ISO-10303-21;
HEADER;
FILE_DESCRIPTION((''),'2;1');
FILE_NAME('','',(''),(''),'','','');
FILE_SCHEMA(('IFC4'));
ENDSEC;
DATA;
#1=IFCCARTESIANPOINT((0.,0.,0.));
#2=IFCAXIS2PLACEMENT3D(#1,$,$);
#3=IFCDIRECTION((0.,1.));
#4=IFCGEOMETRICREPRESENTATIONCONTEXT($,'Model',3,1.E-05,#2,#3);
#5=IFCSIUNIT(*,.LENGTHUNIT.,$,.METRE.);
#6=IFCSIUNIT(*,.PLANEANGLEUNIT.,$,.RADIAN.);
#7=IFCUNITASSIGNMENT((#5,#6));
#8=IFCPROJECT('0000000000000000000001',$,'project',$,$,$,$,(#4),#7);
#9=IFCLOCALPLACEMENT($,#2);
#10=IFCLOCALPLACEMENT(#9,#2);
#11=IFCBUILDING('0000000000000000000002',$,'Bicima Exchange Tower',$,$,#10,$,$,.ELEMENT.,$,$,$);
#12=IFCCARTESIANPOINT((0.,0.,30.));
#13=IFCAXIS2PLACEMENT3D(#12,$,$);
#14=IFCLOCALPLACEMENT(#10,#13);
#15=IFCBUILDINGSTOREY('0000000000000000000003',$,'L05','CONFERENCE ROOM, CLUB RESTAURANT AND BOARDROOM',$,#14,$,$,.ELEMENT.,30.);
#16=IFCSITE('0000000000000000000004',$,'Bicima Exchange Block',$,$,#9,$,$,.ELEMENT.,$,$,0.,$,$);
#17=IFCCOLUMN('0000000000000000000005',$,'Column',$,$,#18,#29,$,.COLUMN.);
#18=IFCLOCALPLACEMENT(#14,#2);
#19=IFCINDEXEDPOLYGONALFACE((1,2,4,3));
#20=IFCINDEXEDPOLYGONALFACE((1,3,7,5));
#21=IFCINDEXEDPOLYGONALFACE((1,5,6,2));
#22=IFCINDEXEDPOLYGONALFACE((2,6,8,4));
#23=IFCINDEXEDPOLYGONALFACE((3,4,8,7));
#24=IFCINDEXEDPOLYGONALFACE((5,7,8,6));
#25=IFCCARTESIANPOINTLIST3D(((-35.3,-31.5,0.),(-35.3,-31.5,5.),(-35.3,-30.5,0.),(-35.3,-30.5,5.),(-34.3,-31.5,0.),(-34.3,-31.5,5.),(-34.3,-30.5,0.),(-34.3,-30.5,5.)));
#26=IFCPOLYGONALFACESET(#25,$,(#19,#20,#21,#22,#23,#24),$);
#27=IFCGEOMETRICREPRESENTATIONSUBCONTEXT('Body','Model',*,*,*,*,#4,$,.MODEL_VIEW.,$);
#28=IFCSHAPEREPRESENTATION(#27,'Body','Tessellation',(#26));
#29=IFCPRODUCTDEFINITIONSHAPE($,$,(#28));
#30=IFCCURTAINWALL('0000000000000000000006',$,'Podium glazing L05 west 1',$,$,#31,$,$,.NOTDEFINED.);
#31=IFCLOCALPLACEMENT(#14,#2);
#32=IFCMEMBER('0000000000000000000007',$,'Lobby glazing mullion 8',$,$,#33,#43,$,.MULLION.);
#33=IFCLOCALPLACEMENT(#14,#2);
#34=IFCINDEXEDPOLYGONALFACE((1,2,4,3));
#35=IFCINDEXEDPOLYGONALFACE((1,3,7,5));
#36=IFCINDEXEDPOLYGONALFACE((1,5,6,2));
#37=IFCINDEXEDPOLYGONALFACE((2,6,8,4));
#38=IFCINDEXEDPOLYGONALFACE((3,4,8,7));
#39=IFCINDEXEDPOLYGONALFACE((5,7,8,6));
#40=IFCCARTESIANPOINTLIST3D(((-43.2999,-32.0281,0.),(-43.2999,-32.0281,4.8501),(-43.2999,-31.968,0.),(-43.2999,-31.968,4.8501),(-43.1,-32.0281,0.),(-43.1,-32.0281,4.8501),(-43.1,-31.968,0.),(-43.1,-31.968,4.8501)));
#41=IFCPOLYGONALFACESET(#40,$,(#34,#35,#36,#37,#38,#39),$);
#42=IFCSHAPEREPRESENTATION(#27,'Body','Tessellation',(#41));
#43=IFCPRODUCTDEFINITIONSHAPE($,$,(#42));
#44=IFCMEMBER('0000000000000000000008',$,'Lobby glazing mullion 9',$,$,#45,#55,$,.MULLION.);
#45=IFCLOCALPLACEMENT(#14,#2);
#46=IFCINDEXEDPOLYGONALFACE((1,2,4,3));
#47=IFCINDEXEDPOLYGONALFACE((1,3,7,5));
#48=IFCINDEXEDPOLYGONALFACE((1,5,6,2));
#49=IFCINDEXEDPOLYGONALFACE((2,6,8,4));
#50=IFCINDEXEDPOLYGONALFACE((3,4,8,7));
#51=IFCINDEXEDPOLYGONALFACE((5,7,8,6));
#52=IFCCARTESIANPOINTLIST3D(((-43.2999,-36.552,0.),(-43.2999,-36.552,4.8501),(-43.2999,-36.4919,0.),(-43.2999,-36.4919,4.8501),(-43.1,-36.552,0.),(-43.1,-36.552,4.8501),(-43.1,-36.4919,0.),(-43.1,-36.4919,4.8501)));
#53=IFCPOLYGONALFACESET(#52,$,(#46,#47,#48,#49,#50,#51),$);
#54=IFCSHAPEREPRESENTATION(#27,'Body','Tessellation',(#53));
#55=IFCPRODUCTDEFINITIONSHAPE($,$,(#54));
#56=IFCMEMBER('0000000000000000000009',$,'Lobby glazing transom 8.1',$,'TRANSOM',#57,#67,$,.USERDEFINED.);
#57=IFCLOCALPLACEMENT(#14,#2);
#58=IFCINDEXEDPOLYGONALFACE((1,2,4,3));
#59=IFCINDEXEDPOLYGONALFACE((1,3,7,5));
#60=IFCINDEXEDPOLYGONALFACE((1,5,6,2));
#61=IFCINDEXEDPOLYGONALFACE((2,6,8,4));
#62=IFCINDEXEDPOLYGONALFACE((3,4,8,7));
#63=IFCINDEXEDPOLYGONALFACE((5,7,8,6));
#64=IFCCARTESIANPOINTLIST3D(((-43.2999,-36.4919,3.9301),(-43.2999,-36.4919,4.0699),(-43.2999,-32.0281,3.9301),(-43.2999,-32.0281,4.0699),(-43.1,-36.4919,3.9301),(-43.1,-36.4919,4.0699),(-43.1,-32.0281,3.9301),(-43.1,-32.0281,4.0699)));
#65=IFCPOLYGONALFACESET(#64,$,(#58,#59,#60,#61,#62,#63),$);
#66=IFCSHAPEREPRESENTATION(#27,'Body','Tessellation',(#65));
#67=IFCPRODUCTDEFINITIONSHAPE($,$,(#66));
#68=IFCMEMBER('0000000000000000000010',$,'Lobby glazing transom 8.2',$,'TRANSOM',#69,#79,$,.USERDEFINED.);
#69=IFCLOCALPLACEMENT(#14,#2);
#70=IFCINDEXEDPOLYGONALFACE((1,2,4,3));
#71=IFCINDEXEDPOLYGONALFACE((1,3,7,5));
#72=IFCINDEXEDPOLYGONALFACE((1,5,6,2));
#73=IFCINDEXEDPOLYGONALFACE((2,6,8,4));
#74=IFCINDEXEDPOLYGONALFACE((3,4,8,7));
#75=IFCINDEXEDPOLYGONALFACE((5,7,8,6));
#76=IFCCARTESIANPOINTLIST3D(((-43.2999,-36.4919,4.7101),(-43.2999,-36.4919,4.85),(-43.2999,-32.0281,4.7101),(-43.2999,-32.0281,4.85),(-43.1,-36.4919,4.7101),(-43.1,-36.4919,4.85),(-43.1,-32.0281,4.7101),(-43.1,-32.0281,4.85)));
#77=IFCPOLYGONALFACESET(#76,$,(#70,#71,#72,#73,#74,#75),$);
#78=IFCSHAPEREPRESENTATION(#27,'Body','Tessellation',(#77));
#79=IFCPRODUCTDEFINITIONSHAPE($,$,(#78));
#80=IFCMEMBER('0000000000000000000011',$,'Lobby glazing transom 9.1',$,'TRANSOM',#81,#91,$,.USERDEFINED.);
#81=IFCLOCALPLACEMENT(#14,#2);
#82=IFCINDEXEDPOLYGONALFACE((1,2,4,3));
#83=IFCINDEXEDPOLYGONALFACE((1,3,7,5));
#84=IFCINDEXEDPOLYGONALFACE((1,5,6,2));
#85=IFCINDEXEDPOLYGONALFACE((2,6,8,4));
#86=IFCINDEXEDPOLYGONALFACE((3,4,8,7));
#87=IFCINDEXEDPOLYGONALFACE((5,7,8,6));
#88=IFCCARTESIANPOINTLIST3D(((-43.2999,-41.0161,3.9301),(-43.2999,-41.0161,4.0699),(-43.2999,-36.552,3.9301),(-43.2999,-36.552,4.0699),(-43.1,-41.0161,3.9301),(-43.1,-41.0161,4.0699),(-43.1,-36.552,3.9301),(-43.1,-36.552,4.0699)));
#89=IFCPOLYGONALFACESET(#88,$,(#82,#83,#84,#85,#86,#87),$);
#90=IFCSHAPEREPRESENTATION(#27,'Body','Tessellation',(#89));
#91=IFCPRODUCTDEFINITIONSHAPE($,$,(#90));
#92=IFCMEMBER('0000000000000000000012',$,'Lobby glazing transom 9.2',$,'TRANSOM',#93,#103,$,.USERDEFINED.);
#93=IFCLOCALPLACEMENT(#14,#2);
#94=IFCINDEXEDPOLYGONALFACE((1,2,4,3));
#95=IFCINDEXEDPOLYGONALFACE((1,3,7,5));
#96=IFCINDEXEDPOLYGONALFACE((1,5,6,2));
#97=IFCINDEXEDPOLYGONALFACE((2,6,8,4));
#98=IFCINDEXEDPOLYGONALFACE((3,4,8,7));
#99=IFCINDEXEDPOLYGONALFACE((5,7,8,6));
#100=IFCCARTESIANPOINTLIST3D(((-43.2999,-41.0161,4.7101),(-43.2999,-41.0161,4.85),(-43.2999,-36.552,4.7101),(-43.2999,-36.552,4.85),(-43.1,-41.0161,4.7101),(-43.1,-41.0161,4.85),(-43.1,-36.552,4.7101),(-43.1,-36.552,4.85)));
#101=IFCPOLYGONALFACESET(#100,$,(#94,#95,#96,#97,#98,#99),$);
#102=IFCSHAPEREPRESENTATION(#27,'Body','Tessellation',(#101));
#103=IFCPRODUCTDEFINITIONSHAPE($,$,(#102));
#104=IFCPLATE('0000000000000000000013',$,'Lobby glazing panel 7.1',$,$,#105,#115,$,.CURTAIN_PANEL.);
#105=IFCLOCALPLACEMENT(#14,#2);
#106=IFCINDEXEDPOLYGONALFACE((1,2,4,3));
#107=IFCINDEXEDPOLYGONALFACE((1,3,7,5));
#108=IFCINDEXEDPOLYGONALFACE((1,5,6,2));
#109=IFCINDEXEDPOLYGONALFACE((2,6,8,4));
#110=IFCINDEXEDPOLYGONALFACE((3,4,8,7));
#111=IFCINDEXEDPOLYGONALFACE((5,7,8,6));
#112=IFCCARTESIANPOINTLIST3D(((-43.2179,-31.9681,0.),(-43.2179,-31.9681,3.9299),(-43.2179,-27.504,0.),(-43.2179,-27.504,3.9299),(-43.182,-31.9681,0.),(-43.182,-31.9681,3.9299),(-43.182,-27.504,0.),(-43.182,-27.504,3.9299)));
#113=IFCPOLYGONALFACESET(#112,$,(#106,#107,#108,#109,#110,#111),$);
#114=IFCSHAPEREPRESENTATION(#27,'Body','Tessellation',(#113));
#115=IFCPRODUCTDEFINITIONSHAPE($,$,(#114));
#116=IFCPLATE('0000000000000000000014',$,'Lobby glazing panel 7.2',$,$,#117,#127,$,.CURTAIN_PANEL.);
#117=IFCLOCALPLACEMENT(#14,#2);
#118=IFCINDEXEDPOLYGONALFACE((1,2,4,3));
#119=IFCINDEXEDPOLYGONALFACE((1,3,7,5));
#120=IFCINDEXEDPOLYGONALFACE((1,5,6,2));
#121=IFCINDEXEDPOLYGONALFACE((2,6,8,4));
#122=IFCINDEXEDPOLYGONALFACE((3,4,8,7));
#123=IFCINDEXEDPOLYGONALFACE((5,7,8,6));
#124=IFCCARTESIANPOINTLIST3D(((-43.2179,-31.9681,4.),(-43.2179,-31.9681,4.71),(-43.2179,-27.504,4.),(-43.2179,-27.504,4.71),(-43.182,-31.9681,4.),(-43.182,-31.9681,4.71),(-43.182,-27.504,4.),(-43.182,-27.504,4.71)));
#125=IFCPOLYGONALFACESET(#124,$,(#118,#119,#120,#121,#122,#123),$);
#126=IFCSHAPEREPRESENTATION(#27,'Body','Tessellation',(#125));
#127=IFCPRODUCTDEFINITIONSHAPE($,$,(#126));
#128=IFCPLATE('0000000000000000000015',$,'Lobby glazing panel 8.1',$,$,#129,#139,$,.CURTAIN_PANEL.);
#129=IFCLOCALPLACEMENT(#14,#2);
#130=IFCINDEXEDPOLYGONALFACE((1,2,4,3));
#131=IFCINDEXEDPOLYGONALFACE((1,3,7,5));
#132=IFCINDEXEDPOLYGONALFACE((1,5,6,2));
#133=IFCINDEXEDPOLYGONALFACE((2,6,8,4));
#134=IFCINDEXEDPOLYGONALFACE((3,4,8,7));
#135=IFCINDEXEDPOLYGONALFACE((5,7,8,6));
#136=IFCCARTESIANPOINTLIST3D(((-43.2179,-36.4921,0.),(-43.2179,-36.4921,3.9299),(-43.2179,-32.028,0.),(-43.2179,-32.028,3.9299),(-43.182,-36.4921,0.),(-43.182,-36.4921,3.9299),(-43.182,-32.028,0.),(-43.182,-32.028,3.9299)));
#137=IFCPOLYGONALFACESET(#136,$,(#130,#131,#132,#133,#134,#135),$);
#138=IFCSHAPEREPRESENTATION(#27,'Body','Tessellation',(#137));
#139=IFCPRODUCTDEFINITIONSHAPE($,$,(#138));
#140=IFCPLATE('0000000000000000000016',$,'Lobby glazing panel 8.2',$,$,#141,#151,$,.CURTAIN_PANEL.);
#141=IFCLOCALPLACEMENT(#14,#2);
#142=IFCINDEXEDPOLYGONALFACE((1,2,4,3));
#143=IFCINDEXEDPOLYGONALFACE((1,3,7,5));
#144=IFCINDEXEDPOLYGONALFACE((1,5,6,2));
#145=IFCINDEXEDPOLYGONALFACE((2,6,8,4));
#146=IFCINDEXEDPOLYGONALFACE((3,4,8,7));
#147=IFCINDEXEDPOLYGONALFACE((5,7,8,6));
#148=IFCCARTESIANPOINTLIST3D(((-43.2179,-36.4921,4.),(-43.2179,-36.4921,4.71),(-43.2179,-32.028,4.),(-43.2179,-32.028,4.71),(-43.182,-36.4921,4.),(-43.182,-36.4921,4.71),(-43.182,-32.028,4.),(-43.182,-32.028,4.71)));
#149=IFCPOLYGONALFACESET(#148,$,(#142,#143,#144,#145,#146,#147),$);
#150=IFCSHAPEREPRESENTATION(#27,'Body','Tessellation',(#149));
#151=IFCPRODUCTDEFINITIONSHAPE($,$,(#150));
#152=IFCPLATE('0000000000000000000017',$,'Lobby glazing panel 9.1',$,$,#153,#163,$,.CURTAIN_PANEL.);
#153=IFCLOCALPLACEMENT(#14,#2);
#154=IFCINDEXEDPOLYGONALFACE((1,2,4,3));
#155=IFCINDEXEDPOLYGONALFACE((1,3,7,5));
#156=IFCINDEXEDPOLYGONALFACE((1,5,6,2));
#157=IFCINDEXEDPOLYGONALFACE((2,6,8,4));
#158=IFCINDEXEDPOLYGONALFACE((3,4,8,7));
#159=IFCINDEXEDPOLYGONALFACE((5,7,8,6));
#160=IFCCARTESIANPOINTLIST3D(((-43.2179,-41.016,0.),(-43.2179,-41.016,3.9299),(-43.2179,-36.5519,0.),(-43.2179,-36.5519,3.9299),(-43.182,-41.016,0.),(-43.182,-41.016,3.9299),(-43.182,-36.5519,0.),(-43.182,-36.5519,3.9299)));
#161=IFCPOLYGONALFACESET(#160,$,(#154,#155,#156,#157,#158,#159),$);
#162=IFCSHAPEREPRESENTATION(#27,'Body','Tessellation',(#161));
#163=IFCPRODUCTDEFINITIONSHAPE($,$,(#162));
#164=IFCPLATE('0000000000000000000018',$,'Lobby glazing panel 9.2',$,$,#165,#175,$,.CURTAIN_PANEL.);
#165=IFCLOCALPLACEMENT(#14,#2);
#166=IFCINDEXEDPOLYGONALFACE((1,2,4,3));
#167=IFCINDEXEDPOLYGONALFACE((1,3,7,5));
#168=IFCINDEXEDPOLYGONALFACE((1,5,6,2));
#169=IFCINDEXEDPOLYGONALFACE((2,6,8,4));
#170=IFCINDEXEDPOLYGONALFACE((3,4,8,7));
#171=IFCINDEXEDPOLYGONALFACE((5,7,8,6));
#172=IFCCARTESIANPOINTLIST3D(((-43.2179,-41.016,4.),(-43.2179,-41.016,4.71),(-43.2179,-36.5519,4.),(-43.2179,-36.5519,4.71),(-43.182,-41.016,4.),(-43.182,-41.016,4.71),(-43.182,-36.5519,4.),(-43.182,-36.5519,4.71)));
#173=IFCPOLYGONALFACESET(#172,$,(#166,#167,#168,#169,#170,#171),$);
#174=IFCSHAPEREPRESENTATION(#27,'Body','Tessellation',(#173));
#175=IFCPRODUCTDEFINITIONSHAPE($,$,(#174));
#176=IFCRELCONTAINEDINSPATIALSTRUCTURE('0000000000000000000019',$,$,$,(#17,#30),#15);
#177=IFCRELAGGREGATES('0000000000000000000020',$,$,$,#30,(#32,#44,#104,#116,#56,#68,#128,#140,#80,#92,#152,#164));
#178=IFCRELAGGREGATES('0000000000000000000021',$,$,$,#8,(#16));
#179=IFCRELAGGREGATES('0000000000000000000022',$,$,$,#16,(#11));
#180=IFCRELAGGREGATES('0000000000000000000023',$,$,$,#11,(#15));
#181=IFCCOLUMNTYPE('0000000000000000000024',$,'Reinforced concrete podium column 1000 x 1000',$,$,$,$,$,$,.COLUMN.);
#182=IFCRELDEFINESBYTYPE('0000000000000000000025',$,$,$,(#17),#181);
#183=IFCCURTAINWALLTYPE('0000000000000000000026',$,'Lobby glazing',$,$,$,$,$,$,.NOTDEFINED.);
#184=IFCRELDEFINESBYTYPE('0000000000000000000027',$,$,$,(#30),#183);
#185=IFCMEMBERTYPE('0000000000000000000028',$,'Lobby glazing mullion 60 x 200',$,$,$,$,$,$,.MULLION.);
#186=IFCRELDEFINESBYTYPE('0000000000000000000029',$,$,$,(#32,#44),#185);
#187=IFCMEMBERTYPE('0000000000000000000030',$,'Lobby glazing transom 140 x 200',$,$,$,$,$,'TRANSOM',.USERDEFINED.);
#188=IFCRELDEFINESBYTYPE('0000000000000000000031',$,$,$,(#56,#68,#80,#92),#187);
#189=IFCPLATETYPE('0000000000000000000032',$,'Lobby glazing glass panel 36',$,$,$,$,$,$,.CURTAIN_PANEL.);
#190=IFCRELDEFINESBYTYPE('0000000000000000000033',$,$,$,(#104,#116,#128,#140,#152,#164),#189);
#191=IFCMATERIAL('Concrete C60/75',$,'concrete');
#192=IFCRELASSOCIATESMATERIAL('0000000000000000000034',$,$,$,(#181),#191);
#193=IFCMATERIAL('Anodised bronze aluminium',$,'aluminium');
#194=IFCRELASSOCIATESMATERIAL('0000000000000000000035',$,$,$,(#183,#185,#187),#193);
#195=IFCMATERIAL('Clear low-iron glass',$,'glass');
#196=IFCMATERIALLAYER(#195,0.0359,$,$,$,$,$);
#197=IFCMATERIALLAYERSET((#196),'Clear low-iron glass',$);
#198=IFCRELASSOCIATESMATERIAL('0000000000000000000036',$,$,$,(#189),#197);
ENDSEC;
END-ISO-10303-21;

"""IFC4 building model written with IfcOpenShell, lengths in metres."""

from ifc_helpers import new_model, si_unit, direction, frame, origin, origin_2d, place, context, subcontext, project, spatial, rectangle, extrude, material, layer, layer_set, material_profile, profile_set, type_object, element, aggregate, save


model = new_model("IFC4")

# Units and contexts
model_context = context("Model", 3, precision=1e-05, world=origin(), true_north=direction((0.0, 1.0)))
body_context = subcontext(model_context, "Body", "Model", "MODEL_VIEW")
ifc_project = project(units=[si_unit("LENGTHUNIT", "METRE"), si_unit("PLANEANGLEUNIT", "RADIAN")], contexts=[model_context])

# Site, building, storey
site_placement = place(None, origin())
site = spatial("IfcSite", under=ifc_project, at=site_placement, Name="Bicima Exchange Block", CompositionType="ELEMENT", RefElevation=0.0)
building_placement = place(site_placement, origin())
building = spatial("IfcBuilding", under=site, at=building_placement, Name="Bicima Exchange Tower", CompositionType="ELEMENT")
storey_placement = place(building_placement, frame((0.0, 0.0, 30.0)))
storey = spatial("IfcBuildingStorey", under=building, at=storey_placement, Name="L05", Description="CONFERENCE ROOM, CLUB RESTAURANT AND BOARDROOM", CompositionType="ELEMENT", Elevation=30.0)

# Column
ifc_material_1 = material(Name="Concrete C60/75", Category="concrete")
ifc_material_profile_1 = material_profile(ifc_material_1, rectangle(XDim=1.0, YDim=1.0, at=origin_2d()))
ifc_profile_set_1 = profile_set([ifc_material_profile_1], Name="Concrete C60/75")
column_type = type_object("IfcColumnType", Name="Reinforced concrete podium column 1000 x 1000", PredefinedType="COLUMN", material=ifc_profile_set_1)
column_placement = place(storey_placement, frame((-34.8, -31.0, 0.0), z_axis=(0.0, 0.0, 1.0), x_axis=(1.0, 0.0, 0.0)))
element("IfcColumn", 1, at=column_placement, inside=storey, type_object=column_type, Name="Column", PredefinedType="COLUMN", context=body_context, shape_type="SweptSolid", body=[
    extrude(rectangle(XDim=1.0, YDim=1.0, at=origin_2d()), origin(), (0.0, 0.0, 1.0), 5.0),
])

# Curtain wall, members, plates
ifc_material_2 = material(Name="Anodised bronze aluminium", Category="aluminium")
curtain_wall_type = type_object("IfcCurtainWallType", Name="Lobby glazing", PredefinedType="NOTDEFINED", material=ifc_material_2)
curtain_wall_placement = place(storey_placement, origin())
curtain_wall = element("IfcCurtainWall", 2, at=curtain_wall_placement, inside=storey, type_object=curtain_wall_type, Name="Podium glazing L05 west 1", PredefinedType="NOTDEFINED")
ifc_material_profile_2 = material_profile(ifc_material_2, rectangle(XDim=0.2, YDim=0.0601, at=origin_2d()))
ifc_profile_set_2 = profile_set([ifc_material_profile_2], Name="Anodised bronze aluminium")
member_type_1 = type_object("IfcMemberType", Name="Lobby glazing mullion 60 x 200", PredefinedType="MULLION", material=ifc_profile_set_2)
member_1_placement = place(storey_placement, frame((-43.2, -31.998, 0.0), z_axis=(0.0, 0.0, 1.0), x_axis=(1.0, 0.0, 0.0)))
member_1 = element("IfcMember", 3, at=member_1_placement, type_object=member_type_1, Name="Lobby glazing mullion 8", PredefinedType="MULLION", context=body_context, shape_type="SweptSolid", body=[
    extrude(rectangle(XDim=0.2, YDim=0.0601, at=origin_2d()), origin(), (0.0, 0.0, 1.0), 4.8501),
])
member_2_placement = place(storey_placement, frame((-43.2, -36.522, 0.0), z_axis=(0.0, 0.0, 1.0), x_axis=(1.0, 0.0, 0.0)))
member_2 = element("IfcMember", 4, at=member_2_placement, type_object=member_type_1, Name="Lobby glazing mullion 9", PredefinedType="MULLION", context=body_context, shape_type="SweptSolid", body=[
    extrude(rectangle(XDim=0.2, YDim=0.0601, at=origin_2d()), origin(), (0.0, 0.0, 1.0), 4.8501),
])
ifc_material_profile_3 = material_profile(ifc_material_2, rectangle(XDim=0.2, YDim=0.1399, at=origin_2d()))
ifc_profile_set_3 = profile_set([ifc_material_profile_3], Name="Anodised bronze aluminium")
member_type_2 = type_object("IfcMemberType", Name="Lobby glazing transom 140 x 200", ElementType="TRANSOM", PredefinedType="USERDEFINED", material=ifc_profile_set_3)
member_3_placement = place(storey_placement, frame((-43.2, -32.0281, 4.0), z_axis=(0.0, -1.0, 0.0), x_axis=(1.0, 0.0, 0.0)))
member_3 = element("IfcMember", 5, at=member_3_placement, type_object=member_type_2, Name="Lobby glazing transom 8.1", ObjectType="TRANSOM", PredefinedType="USERDEFINED", context=body_context, shape_type="SweptSolid", body=[
    extrude(rectangle(XDim=0.2, YDim=0.1399, at=origin_2d()), origin(), (0.0, 0.0, 1.0), 4.4639),
])
member_4_placement = place(storey_placement, frame((-43.2, -32.0281, 4.78), z_axis=(0.0, -1.0, 0.0), x_axis=(1.0, 0.0, 0.0)))
member_4 = element("IfcMember", 6, at=member_4_placement, type_object=member_type_2, Name="Lobby glazing transom 8.2", ObjectType="TRANSOM", PredefinedType="USERDEFINED", context=body_context, shape_type="SweptSolid", body=[
    extrude(rectangle(XDim=0.2, YDim=0.1399, at=origin_2d()), origin(), (0.0, 0.0, 1.0), 4.4639),
])
member_5_placement = place(storey_placement, frame((-43.2, -36.552, 4.0), z_axis=(0.0, -1.0, 0.0), x_axis=(1.0, 0.0, 0.0)))
member_5 = element("IfcMember", 7, at=member_5_placement, type_object=member_type_2, Name="Lobby glazing transom 9.1", ObjectType="TRANSOM", PredefinedType="USERDEFINED", context=body_context, shape_type="SweptSolid", body=[
    extrude(rectangle(XDim=0.2, YDim=0.1399, at=origin_2d()), origin(), (0.0, 0.0, 1.0), 4.4641),
])
member_6_placement = place(storey_placement, frame((-43.2, -36.552, 4.78), z_axis=(0.0, -1.0, 0.0), x_axis=(1.0, 0.0, 0.0)))
member_6 = element("IfcMember", 8, at=member_6_placement, type_object=member_type_2, Name="Lobby glazing transom 9.2", ObjectType="TRANSOM", PredefinedType="USERDEFINED", context=body_context, shape_type="SweptSolid", body=[
    extrude(rectangle(XDim=0.2, YDim=0.1399, at=origin_2d()), origin(), (0.0, 0.0, 1.0), 4.4641),
])
ifc_material_3 = material(Name="Clear low-iron glass", Category="glass")
ifc_layer_1 = layer(ifc_material_3, 0.0359)
ifc_layer_set_1 = layer_set([ifc_layer_1], Name="Clear low-iron glass")
plate_type = type_object("IfcPlateType", Name="Lobby glazing glass panel 36", PredefinedType="CURTAIN_PANEL", material=ifc_layer_set_1)
plate_1_placement = place(storey_placement, frame((-43.2, -29.7361, 0.0), z_axis=(0.0, 0.0, 1.0), x_axis=(0.0, -1.0, 0.0)))
plate_1 = element("IfcPlate", 9, at=plate_1_placement, type_object=plate_type, Name="Lobby glazing panel 7.1", PredefinedType="CURTAIN_PANEL", context=body_context, shape_type="SweptSolid", body=[
    extrude(rectangle(XDim=4.4641, YDim=0.0359, at=origin_2d()), origin(), (0.0, 0.0, 1.0), 3.9299),
])
plate_2_placement = place(storey_placement, frame((-43.2, -29.7361, 4.0), z_axis=(0.0, 0.0, 1.0), x_axis=(0.0, -1.0, 0.0)))
plate_2 = element("IfcPlate", 10, at=plate_2_placement, type_object=plate_type, Name="Lobby glazing panel 7.2", PredefinedType="CURTAIN_PANEL", context=body_context, shape_type="SweptSolid", body=[
    extrude(rectangle(XDim=4.4641, YDim=0.0359, at=origin_2d()), origin(), (0.0, 0.0, 1.0), 0.71),
])
plate_3_placement = place(storey_placement, frame((-43.2, -34.26, 0.0), z_axis=(0.0, 0.0, 1.0), x_axis=(0.0, -1.0, 0.0)))
plate_3 = element("IfcPlate", 11, at=plate_3_placement, type_object=plate_type, Name="Lobby glazing panel 8.1", PredefinedType="CURTAIN_PANEL", context=body_context, shape_type="SweptSolid", body=[
    extrude(rectangle(XDim=4.4641, YDim=0.0359, at=origin_2d()), origin(), (0.0, 0.0, 1.0), 3.9299),
])
plate_4_placement = place(storey_placement, frame((-43.2, -34.26, 4.0), z_axis=(0.0, 0.0, 1.0), x_axis=(0.0, -1.0, 0.0)))
plate_4 = element("IfcPlate", 12, at=plate_4_placement, type_object=plate_type, Name="Lobby glazing panel 8.2", PredefinedType="CURTAIN_PANEL", context=body_context, shape_type="SweptSolid", body=[
    extrude(rectangle(XDim=4.4641, YDim=0.0359, at=origin_2d()), origin(), (0.0, 0.0, 1.0), 0.71),
])
plate_5_placement = place(storey_placement, frame((-43.2, -38.7839, 0.0), z_axis=(0.0, 0.0, 1.0), x_axis=(0.0, -1.0, 0.0)))
plate_5 = element("IfcPlate", 13, at=plate_5_placement, type_object=plate_type, Name="Lobby glazing panel 9.1", PredefinedType="CURTAIN_PANEL", context=body_context, shape_type="SweptSolid", body=[
    extrude(rectangle(XDim=4.4641, YDim=0.0359, at=origin_2d()), origin(), (0.0, 0.0, 1.0), 3.9299),
])
plate_6_placement = place(storey_placement, frame((-43.2, -38.7839, 4.0), z_axis=(0.0, 0.0, 1.0), x_axis=(0.0, -1.0, 0.0)))
plate_6 = element("IfcPlate", 14, at=plate_6_placement, type_object=plate_type, Name="Lobby glazing panel 9.2", PredefinedType="CURTAIN_PANEL", context=body_context, shape_type="SweptSolid", body=[
    extrude(rectangle(XDim=4.4641, YDim=0.0359, at=origin_2d()), origin(), (0.0, 0.0, 1.0), 0.71),
])
aggregate(curtain_wall, [member_1, member_2, plate_1, plate_2, member_3, member_4, plate_3, plate_4, member_5, member_6, plate_5, plate_6])

save(model, "model.ifc")
